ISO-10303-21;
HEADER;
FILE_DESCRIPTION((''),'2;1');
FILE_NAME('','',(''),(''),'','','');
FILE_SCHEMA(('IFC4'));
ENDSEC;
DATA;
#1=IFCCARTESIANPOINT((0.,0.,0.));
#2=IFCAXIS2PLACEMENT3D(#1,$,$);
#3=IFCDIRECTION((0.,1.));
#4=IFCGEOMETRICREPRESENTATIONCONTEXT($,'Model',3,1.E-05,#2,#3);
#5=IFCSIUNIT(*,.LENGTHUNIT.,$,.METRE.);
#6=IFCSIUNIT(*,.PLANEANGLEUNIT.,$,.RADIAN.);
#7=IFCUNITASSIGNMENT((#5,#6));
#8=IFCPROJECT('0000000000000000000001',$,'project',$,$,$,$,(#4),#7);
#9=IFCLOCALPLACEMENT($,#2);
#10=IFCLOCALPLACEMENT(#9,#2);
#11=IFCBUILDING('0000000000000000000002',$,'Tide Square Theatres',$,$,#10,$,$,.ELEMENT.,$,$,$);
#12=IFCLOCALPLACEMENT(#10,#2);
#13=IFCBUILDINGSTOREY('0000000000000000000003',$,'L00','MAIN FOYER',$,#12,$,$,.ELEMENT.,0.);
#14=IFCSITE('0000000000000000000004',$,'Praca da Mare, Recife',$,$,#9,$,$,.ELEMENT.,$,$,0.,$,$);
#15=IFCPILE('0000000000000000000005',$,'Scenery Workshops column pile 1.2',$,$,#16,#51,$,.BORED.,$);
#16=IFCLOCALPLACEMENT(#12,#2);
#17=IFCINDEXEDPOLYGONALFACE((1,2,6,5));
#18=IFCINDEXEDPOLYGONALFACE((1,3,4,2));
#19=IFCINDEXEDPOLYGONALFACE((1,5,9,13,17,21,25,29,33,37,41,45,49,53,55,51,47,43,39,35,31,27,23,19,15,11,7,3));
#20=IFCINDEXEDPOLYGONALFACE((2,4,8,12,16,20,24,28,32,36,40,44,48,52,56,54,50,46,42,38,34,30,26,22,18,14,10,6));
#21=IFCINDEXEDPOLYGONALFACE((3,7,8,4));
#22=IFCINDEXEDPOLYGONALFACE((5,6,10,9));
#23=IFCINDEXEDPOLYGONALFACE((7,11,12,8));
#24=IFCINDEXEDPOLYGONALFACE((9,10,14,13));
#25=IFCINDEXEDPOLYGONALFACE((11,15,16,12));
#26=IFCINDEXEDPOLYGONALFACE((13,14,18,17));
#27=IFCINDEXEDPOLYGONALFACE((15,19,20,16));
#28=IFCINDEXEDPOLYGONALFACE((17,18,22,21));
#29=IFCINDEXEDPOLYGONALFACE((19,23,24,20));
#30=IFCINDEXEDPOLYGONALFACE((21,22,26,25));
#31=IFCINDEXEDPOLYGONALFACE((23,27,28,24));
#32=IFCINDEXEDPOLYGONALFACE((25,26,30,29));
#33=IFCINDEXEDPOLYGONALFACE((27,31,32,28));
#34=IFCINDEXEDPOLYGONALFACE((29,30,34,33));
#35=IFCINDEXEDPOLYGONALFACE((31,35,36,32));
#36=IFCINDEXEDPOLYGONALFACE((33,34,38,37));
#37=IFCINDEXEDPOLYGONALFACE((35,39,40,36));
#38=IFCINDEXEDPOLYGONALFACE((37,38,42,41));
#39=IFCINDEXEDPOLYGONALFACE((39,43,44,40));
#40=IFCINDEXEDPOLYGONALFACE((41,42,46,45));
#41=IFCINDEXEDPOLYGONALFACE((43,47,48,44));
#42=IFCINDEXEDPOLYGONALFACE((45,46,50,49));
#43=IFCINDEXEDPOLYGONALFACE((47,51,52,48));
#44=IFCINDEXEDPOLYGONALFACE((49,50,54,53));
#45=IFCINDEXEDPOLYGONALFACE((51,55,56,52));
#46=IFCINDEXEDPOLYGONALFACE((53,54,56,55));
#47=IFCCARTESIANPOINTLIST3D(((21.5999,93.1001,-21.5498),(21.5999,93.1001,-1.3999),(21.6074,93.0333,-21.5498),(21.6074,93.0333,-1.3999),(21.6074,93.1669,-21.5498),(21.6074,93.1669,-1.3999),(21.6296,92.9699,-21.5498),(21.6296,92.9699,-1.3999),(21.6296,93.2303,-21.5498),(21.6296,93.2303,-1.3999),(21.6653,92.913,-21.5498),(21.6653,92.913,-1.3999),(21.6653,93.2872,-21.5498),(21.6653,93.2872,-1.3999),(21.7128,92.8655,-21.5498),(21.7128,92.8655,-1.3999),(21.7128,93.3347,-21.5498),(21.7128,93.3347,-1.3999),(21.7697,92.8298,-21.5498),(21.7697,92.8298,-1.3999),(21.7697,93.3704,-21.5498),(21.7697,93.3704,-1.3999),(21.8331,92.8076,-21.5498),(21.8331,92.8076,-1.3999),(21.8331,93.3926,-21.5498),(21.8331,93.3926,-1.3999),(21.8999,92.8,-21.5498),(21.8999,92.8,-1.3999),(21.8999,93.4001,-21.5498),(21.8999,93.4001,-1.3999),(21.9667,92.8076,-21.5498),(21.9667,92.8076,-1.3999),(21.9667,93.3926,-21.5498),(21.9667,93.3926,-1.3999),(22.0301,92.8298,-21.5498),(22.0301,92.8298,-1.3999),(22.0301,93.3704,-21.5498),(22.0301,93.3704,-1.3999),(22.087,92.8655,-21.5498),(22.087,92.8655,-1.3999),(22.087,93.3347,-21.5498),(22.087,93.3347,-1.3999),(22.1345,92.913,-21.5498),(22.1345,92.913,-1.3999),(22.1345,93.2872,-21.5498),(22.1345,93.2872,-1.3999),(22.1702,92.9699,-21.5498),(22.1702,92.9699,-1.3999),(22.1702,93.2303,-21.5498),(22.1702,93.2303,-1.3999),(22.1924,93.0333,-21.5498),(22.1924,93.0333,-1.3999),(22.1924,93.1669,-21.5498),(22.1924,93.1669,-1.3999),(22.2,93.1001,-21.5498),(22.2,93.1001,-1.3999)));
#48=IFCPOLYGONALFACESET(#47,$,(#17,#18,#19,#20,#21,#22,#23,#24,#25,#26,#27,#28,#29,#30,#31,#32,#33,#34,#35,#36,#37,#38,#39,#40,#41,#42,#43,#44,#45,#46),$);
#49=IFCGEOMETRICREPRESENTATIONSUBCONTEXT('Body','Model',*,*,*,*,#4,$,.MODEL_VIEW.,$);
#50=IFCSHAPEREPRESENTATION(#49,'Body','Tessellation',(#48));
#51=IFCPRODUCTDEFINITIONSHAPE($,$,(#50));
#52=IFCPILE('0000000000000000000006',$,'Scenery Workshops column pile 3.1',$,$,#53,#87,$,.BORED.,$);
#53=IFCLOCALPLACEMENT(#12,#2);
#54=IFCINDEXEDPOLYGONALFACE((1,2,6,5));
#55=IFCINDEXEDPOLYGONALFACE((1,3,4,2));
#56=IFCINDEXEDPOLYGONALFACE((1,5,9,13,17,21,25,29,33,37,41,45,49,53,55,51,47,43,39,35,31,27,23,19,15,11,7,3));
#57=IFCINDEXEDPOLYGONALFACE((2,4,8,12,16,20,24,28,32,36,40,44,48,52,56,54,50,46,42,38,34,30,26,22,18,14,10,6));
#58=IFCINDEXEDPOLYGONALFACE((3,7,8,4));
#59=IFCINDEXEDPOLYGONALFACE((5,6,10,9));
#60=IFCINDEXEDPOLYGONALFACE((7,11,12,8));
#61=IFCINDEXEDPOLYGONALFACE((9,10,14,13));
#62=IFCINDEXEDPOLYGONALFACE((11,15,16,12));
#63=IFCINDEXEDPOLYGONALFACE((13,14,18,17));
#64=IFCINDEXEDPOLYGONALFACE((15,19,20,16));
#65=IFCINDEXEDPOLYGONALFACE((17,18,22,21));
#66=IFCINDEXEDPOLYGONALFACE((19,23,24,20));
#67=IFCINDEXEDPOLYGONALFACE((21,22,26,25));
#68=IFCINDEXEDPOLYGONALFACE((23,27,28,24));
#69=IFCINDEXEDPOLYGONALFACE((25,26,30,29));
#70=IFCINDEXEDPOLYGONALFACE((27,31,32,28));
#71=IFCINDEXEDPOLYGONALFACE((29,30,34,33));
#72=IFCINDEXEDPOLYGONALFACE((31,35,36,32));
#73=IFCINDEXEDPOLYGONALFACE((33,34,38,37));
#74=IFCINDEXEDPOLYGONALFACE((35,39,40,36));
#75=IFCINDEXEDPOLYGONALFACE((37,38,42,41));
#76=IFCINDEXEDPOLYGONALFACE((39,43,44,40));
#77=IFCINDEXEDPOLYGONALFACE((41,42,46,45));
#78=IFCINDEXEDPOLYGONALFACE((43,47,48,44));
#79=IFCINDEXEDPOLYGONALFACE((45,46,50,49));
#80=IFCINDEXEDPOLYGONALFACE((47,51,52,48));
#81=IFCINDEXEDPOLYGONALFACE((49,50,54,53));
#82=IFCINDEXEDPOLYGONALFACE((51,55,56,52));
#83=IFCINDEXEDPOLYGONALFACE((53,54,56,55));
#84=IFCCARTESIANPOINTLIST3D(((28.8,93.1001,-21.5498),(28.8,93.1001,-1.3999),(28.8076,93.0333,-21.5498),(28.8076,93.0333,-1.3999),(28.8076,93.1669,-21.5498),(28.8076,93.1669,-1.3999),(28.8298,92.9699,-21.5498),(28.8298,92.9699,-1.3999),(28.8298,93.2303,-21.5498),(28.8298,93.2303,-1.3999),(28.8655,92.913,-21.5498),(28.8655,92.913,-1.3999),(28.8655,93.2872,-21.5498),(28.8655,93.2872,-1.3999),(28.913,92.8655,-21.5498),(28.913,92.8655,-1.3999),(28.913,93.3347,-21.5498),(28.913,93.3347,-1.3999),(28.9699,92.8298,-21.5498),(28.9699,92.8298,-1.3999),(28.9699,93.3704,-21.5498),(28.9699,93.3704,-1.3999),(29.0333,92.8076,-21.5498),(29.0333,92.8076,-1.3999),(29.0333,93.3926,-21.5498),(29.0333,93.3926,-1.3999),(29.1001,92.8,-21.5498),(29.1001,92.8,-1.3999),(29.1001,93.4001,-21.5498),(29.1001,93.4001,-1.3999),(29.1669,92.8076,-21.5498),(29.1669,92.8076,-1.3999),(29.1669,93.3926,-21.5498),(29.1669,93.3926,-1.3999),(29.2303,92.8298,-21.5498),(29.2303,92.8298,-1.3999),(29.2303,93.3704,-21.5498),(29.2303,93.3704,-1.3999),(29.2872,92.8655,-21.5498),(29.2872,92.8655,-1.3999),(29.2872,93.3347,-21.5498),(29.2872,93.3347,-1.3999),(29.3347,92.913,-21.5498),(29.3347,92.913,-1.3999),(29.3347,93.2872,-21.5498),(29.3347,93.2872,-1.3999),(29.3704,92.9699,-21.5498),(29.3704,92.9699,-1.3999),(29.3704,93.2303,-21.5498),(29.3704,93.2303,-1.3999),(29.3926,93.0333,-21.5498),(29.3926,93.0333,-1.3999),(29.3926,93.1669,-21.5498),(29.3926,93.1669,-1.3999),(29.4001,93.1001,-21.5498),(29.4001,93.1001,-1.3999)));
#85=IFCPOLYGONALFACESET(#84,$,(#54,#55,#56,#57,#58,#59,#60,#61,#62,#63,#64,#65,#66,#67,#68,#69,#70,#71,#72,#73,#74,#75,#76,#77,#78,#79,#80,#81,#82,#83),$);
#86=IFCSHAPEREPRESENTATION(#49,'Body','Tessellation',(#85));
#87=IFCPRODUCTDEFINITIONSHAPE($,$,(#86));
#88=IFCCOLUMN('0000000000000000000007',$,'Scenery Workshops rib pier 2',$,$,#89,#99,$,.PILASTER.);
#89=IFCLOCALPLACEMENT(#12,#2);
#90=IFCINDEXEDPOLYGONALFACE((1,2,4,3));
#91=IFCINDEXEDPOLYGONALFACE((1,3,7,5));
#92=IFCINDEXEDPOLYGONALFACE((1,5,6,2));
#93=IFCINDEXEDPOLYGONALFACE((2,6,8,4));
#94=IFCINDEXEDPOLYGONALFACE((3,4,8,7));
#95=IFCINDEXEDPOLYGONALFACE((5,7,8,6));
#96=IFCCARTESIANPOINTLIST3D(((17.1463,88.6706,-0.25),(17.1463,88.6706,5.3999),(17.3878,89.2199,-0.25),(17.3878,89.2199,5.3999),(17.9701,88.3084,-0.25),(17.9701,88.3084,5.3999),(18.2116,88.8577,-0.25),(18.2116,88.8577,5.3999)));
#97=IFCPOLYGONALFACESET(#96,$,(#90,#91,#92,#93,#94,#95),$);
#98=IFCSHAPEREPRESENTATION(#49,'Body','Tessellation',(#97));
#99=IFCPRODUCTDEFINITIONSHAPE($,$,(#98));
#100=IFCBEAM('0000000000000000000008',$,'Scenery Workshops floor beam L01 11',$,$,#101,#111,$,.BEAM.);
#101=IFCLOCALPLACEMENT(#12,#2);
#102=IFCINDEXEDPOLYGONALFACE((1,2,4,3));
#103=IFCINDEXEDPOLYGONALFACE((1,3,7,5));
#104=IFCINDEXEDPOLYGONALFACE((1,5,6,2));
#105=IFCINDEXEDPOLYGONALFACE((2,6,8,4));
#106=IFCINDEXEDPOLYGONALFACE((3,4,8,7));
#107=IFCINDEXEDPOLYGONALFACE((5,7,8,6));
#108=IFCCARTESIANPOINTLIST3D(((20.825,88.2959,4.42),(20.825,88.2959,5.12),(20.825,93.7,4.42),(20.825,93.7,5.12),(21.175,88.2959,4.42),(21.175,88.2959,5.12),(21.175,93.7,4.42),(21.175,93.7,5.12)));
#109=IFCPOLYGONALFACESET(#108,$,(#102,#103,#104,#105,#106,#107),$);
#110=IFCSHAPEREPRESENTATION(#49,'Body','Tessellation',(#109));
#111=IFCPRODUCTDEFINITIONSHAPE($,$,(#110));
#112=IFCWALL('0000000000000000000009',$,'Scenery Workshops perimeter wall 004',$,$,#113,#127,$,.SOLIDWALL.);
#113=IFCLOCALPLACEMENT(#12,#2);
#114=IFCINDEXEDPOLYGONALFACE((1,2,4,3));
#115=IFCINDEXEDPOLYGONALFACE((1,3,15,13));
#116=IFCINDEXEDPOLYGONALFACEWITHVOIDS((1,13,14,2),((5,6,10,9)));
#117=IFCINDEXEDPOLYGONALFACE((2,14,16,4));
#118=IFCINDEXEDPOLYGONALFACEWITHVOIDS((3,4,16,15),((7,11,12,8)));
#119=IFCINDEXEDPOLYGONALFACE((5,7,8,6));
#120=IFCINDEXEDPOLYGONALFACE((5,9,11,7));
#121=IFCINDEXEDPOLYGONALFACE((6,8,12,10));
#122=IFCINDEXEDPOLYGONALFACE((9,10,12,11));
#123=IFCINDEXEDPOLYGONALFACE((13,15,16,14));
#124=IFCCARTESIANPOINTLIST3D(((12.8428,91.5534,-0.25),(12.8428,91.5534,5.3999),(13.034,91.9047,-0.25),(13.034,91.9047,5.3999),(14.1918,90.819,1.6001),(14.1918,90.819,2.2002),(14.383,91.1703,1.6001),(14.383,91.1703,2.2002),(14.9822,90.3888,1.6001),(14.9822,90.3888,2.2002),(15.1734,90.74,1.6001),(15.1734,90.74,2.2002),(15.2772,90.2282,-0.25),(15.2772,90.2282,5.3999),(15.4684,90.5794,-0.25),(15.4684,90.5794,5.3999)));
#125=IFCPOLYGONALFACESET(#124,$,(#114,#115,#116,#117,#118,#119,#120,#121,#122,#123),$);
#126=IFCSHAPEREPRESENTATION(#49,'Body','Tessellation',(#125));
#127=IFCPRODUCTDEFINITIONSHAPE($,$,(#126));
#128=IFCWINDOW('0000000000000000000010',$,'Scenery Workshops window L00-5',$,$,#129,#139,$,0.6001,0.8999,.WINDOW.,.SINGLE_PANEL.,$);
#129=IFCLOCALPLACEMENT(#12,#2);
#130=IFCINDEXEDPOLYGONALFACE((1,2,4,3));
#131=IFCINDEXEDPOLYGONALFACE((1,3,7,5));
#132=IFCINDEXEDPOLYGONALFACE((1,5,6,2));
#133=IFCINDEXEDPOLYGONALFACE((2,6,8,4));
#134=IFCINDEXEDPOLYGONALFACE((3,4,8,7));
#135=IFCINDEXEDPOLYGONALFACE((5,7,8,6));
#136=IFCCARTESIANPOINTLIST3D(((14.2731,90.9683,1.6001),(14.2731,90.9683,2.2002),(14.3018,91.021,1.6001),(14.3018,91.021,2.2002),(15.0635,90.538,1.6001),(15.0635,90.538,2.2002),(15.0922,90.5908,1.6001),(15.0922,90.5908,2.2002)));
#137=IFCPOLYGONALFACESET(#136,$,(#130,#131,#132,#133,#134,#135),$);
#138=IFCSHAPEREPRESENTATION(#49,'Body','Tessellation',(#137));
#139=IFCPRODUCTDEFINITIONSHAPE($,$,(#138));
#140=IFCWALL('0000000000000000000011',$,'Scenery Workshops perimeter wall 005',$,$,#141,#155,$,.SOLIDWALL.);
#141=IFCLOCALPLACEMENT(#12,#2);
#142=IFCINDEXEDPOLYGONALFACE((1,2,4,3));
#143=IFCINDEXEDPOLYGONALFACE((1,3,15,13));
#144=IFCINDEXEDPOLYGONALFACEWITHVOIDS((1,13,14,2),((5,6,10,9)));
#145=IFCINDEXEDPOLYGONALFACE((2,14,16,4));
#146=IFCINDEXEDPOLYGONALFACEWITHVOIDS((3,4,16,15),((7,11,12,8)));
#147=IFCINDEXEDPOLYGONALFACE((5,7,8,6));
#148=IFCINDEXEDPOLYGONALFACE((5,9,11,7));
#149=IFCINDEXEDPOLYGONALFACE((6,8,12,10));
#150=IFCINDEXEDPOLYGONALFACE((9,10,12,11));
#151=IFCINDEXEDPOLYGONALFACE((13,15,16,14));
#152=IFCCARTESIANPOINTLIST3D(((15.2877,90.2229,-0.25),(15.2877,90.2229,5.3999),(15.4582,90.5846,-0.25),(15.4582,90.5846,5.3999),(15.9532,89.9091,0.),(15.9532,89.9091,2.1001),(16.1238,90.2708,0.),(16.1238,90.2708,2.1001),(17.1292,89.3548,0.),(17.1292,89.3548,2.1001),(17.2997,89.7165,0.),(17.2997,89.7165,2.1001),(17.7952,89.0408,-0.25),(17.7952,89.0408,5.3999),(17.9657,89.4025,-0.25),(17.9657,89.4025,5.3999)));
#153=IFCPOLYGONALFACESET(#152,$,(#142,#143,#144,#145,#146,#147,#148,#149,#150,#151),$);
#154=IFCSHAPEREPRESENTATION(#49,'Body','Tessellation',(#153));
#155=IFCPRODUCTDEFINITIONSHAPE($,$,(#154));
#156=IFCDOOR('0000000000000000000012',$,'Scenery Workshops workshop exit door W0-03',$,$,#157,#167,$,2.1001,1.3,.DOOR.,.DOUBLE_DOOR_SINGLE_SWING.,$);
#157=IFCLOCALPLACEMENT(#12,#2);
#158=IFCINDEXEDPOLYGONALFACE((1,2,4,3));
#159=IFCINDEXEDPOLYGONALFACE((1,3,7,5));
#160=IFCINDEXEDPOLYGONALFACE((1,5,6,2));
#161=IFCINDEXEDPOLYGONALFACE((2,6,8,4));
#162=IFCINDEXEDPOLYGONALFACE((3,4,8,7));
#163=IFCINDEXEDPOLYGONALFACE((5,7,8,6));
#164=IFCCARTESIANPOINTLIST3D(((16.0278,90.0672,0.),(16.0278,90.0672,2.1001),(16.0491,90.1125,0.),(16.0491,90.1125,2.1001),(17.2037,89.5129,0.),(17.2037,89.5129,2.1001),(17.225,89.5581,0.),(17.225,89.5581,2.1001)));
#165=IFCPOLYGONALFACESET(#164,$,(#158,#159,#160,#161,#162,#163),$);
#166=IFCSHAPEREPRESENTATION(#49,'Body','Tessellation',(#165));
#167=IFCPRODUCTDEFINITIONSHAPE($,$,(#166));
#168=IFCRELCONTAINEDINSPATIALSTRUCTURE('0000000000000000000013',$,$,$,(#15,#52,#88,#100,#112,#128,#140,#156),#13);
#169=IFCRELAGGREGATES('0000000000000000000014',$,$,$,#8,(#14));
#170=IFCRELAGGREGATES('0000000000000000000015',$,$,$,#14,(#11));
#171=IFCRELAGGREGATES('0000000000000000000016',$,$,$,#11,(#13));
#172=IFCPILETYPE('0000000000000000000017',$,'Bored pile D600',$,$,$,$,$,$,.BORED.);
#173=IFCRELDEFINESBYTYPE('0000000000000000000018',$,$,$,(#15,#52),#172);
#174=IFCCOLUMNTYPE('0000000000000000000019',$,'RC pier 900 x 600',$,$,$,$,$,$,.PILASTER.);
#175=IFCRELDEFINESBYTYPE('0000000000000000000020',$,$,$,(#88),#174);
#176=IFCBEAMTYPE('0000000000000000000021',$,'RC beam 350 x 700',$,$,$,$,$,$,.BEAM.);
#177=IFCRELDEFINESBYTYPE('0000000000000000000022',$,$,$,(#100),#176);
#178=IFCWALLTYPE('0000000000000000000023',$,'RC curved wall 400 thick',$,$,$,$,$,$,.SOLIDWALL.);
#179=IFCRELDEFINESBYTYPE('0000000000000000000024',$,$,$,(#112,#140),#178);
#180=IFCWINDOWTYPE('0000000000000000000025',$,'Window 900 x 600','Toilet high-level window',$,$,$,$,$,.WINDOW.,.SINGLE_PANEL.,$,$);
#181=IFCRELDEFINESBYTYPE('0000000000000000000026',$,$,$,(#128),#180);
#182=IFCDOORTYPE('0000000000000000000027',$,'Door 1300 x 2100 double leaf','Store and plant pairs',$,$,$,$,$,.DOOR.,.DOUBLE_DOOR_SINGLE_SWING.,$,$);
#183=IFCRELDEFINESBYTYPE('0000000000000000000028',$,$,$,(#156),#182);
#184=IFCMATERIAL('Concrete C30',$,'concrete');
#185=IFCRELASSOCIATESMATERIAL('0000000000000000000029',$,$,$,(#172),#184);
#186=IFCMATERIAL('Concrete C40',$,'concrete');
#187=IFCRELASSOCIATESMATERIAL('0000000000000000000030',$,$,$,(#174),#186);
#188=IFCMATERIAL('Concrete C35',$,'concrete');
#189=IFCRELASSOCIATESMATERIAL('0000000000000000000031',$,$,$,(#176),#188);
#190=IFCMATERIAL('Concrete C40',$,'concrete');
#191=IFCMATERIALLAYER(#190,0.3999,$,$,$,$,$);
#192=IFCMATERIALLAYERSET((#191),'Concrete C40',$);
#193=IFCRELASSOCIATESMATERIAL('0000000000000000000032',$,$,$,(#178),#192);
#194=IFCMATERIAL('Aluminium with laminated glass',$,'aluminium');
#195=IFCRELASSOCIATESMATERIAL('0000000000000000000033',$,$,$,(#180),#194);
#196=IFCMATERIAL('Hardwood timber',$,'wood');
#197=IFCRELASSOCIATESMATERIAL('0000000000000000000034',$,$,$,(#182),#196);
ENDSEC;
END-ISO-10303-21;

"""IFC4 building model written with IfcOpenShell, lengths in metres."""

from ifc_helpers import new_model, si_unit, direction, frame, frame_2d, origin, origin_2d, place, context, subcontext, project, spatial, rectangle, circle, extrude, material, layer, layer_set, material_profile, profile_set, type_object, element, fill, save


model = new_model("IFC4")

# Units and contexts
model_context = context("Model", 3, precision=1e-05, world=origin(), true_north=direction((0.0, 1.0)))
body_context = subcontext(model_context, "Body", "Model", "MODEL_VIEW")
ifc_project = project(units=[si_unit("LENGTHUNIT", "METRE"), si_unit("PLANEANGLEUNIT", "RADIAN")], contexts=[model_context])

# Site, building, storey
site_placement = place(None, origin())
site = spatial("IfcSite", under=ifc_project, at=site_placement, Name="Praca da Mare, Recife", CompositionType="ELEMENT", RefElevation=0.0)
building_placement = place(site_placement, origin())
building = spatial("IfcBuilding", under=site, at=building_placement, Name="Tide Square Theatres", CompositionType="ELEMENT")
storey_placement = place(building_placement, origin())
storey = spatial("IfcBuildingStorey", under=building, at=storey_placement, Name="L00", Description="MAIN FOYER", CompositionType="ELEMENT", Elevation=0.0)

# Piles
ifc_material_1 = material(Name="Concrete C30", Category="concrete")
ifc_material_profile_1 = material_profile(ifc_material_1, circle(Radius=0.3, at=origin_2d()))
ifc_profile_set_1 = profile_set([ifc_material_profile_1], Name="Concrete C30")
pile_type = type_object("IfcPileType", Name="Bored pile D600", PredefinedType="BORED", material=ifc_profile_set_1)
for number, where, z_axis, x_axis, name in (
    (1, (21.8999, 93.1001, -1.3999), (0.0, 0.0, -1.0), (1.0, 0.0, 0.0), "Scenery Workshops column pile 1.2"),
    (2, (29.1001, 93.1001, -1.3999), (0.0, 0.0, -1.0), (1.0, 0.0, 0.0), "Scenery Workshops column pile 3.1"),
):
    element("IfcPile", number, at=place(storey_placement, frame(where, z_axis=z_axis, x_axis=x_axis)), inside=storey, type_object=pile_type, Name=name, PredefinedType="BORED", context=body_context, shape_type="SweptSolid", body=[
        extrude(circle(Radius=0.3, at=origin_2d()), origin(), (0.0, 0.0, 1.0), 20.1499),
    ])

# Column
ifc_material_2 = material(Name="Concrete C40", Category="concrete")
ifc_material_profile_2 = material_profile(ifc_material_2, rectangle(XDim=0.8999, YDim=0.6001, at=origin_2d()))
ifc_profile_set_2 = profile_set([ifc_material_profile_2], Name="Concrete C40")
column_type = type_object("IfcColumnType", Name="RC pier 900 x 600", PredefinedType="PILASTER", material=ifc_profile_set_2)
column_placement = place(storey_placement, frame((17.679, 88.7642, -0.25), z_axis=(0.0, 0.0, 1.0), x_axis=(0.915419, -0.402502, 0.0)))
element("IfcColumn", 3, at=column_placement, inside=storey, type_object=column_type, Name="Scenery Workshops rib pier 2", PredefinedType="PILASTER", context=body_context, shape_type="SweptSolid", body=[
    extrude(rectangle(XDim=0.8999, YDim=0.6001, at=origin_2d()), origin(), (0.0, 0.0, 1.0), 5.6499),
])

# Beam
ifc_material_3 = material(Name="Concrete C35", Category="concrete")
ifc_material_profile_3 = material_profile(ifc_material_3, rectangle(XDim=0.3501, YDim=0.7, at=origin_2d()))
ifc_profile_set_3 = profile_set([ifc_material_profile_3], Name="Concrete C35")
beam_type = type_object("IfcBeamType", Name="RC beam 350 x 700", PredefinedType="BEAM", material=ifc_profile_set_3)
beam_placement = place(storey_placement, frame((21.0, 88.2959, 4.77), z_axis=(0.0, 1.0, 0.0), x_axis=(-1.0, 0.0, 0.0)))
element("IfcBeam", 4, at=beam_placement, inside=storey, type_object=beam_type, Name="Scenery Workshops floor beam L01 11", PredefinedType="BEAM", context=body_context, shape_type="SweptSolid", body=[
    extrude(rectangle(XDim=0.3501, YDim=0.7, at=origin_2d()), origin(), (0.0, 0.0, 1.0), 5.4041),
])

# Wall, opening, window
ifc_material_4 = material(Name="Concrete C40", Category="concrete")
ifc_layer = layer(ifc_material_4, 0.3999)
ifc_layer_set = layer_set([ifc_layer], Name="Concrete C40")
wall_type = type_object("IfcWallType", Name="RC curved wall 400 thick", PredefinedType="SOLIDWALL", material=ifc_layer_set)
wall_1_placement = place(storey_placement, frame((12.9385, 91.729, -0.25), z_axis=(0.0, 0.0, 1.0), x_axis=(0.878292, -0.478124, 0.0)))
wall_1 = element("IfcWall", 5, at=wall_1_placement, inside=storey, type_object=wall_type, Name="Scenery Workshops perimeter wall 004", PredefinedType="SOLIDWALL", context=body_context, shape_type="SweptSolid", body=[
    extrude(rectangle(XDim=2.7717, YDim=0.3999, at=frame_2d((1.3857, 0.0))), origin(), (0.0, 0.0, 1.0), 5.6499),
])
opening_1_placement = place(wall_1_placement, frame((1.5359, 0.0, 1.8501)))
opening_1 = element("IfcOpeningElement", 6, at=opening_1_placement, cuts=wall_1, PredefinedType="OPENING", context=body_context, shape_type="SweptSolid", body=[
    extrude(rectangle(XDim=0.8999, YDim=0.6001, at=frame_2d((0.45, 0.3))), frame((0.0, 0.21, 0.0), z_axis=(0.0, -1.0, 0.0), x_axis=(1.0, 0.0, 0.0)), (0.0, 0.0, 1.0), 0.4199),
])
ifc_material_5 = material(Name="Aluminium with laminated glass", Category="aluminium")
window_type_1 = type_object("IfcWindowType", Name="Window 900 x 600", Description="Toilet high-level window", PartitioningType="SINGLE_PANEL", PredefinedType="WINDOW", material=ifc_material_5)
window_1_placement = place(opening_1_placement, origin())
window_1 = element("IfcWindow", 7, at=window_1_placement, inside=storey, type_object=window_type_1, Name="Scenery Workshops window L00-5", OverallHeight=0.6001, OverallWidth=0.8999, PartitioningType="SINGLE_PANEL", PredefinedType="WINDOW", context=body_context, shape_type="SweptSolid", body=[
    extrude(rectangle(XDim=0.8999, YDim=0.6001, at=frame_2d((0.45, 0.3))), frame((0.0, 0.03, 0.0), z_axis=(0.0, -1.0, 0.0), x_axis=(1.0, 0.0, 0.0)), (0.0, 0.0, 1.0), 0.0601),
])
fill(opening_1, window_1)

# Wall, opening, door
wall_2_placement = place(storey_placement, frame((15.3728, 90.4038, -0.25), z_axis=(0.0, 0.0, 1.0), x_axis=(0.904527, -0.426416, 0.0)))
wall_2 = element("IfcWall", 8, at=wall_2_placement, inside=storey, type_object=wall_type, Name="Scenery Workshops perimeter wall 005", PredefinedType="SOLIDWALL", context=body_context, shape_type="SweptSolid", body=[
    extrude(rectangle(XDim=2.7722, YDim=0.3999, at=frame_2d((1.3862, 0.0))), origin(), (0.0, 0.0, 1.0), 5.6499),
])
opening_2_placement = place(wall_2_placement, frame((0.7361, 0.0, 0.25)))
opening_2 = element("IfcOpeningElement", 9, at=opening_2_placement, cuts=wall_2, PredefinedType="OPENING", context=body_context, shape_type="SweptSolid", body=[
    extrude(rectangle(XDim=1.3, YDim=2.1001, at=frame_2d((0.6499, 1.05))), frame((0.0, 0.21, 0.0), z_axis=(0.0, -1.0, 0.0), x_axis=(1.0, 0.0, 0.0)), (0.0, 0.0, 1.0), 0.4199),
])
ifc_material_6 = material(Name="Hardwood timber", Category="wood")
door_type = type_object("IfcDoorType", Name="Door 1300 x 2100 double leaf", Description="Store and plant pairs", OperationType="DOUBLE_DOOR_SINGLE_SWING", PredefinedType="DOOR", material=ifc_material_6)
door_placement = place(opening_2_placement, origin())
door = element("IfcDoor", 10, at=door_placement, inside=storey, type_object=door_type, Name="Scenery Workshops workshop exit door W0-03", OperationType="DOUBLE_DOOR_SINGLE_SWING", OverallHeight=2.1001, OverallWidth=1.3, PredefinedType="DOOR", context=body_context, shape_type="SweptSolid", body=[
    extrude(rectangle(XDim=1.3, YDim=2.1001, at=frame_2d((0.6499, 1.05))), frame((0.0, 0.0249, 0.0), z_axis=(0.0, -1.0, 0.0), x_axis=(1.0, 0.0, 0.0)), (0.0, 0.0, 1.0), 0.05),
])
fill(opening_2, door)

save(model, "model.ifc")
